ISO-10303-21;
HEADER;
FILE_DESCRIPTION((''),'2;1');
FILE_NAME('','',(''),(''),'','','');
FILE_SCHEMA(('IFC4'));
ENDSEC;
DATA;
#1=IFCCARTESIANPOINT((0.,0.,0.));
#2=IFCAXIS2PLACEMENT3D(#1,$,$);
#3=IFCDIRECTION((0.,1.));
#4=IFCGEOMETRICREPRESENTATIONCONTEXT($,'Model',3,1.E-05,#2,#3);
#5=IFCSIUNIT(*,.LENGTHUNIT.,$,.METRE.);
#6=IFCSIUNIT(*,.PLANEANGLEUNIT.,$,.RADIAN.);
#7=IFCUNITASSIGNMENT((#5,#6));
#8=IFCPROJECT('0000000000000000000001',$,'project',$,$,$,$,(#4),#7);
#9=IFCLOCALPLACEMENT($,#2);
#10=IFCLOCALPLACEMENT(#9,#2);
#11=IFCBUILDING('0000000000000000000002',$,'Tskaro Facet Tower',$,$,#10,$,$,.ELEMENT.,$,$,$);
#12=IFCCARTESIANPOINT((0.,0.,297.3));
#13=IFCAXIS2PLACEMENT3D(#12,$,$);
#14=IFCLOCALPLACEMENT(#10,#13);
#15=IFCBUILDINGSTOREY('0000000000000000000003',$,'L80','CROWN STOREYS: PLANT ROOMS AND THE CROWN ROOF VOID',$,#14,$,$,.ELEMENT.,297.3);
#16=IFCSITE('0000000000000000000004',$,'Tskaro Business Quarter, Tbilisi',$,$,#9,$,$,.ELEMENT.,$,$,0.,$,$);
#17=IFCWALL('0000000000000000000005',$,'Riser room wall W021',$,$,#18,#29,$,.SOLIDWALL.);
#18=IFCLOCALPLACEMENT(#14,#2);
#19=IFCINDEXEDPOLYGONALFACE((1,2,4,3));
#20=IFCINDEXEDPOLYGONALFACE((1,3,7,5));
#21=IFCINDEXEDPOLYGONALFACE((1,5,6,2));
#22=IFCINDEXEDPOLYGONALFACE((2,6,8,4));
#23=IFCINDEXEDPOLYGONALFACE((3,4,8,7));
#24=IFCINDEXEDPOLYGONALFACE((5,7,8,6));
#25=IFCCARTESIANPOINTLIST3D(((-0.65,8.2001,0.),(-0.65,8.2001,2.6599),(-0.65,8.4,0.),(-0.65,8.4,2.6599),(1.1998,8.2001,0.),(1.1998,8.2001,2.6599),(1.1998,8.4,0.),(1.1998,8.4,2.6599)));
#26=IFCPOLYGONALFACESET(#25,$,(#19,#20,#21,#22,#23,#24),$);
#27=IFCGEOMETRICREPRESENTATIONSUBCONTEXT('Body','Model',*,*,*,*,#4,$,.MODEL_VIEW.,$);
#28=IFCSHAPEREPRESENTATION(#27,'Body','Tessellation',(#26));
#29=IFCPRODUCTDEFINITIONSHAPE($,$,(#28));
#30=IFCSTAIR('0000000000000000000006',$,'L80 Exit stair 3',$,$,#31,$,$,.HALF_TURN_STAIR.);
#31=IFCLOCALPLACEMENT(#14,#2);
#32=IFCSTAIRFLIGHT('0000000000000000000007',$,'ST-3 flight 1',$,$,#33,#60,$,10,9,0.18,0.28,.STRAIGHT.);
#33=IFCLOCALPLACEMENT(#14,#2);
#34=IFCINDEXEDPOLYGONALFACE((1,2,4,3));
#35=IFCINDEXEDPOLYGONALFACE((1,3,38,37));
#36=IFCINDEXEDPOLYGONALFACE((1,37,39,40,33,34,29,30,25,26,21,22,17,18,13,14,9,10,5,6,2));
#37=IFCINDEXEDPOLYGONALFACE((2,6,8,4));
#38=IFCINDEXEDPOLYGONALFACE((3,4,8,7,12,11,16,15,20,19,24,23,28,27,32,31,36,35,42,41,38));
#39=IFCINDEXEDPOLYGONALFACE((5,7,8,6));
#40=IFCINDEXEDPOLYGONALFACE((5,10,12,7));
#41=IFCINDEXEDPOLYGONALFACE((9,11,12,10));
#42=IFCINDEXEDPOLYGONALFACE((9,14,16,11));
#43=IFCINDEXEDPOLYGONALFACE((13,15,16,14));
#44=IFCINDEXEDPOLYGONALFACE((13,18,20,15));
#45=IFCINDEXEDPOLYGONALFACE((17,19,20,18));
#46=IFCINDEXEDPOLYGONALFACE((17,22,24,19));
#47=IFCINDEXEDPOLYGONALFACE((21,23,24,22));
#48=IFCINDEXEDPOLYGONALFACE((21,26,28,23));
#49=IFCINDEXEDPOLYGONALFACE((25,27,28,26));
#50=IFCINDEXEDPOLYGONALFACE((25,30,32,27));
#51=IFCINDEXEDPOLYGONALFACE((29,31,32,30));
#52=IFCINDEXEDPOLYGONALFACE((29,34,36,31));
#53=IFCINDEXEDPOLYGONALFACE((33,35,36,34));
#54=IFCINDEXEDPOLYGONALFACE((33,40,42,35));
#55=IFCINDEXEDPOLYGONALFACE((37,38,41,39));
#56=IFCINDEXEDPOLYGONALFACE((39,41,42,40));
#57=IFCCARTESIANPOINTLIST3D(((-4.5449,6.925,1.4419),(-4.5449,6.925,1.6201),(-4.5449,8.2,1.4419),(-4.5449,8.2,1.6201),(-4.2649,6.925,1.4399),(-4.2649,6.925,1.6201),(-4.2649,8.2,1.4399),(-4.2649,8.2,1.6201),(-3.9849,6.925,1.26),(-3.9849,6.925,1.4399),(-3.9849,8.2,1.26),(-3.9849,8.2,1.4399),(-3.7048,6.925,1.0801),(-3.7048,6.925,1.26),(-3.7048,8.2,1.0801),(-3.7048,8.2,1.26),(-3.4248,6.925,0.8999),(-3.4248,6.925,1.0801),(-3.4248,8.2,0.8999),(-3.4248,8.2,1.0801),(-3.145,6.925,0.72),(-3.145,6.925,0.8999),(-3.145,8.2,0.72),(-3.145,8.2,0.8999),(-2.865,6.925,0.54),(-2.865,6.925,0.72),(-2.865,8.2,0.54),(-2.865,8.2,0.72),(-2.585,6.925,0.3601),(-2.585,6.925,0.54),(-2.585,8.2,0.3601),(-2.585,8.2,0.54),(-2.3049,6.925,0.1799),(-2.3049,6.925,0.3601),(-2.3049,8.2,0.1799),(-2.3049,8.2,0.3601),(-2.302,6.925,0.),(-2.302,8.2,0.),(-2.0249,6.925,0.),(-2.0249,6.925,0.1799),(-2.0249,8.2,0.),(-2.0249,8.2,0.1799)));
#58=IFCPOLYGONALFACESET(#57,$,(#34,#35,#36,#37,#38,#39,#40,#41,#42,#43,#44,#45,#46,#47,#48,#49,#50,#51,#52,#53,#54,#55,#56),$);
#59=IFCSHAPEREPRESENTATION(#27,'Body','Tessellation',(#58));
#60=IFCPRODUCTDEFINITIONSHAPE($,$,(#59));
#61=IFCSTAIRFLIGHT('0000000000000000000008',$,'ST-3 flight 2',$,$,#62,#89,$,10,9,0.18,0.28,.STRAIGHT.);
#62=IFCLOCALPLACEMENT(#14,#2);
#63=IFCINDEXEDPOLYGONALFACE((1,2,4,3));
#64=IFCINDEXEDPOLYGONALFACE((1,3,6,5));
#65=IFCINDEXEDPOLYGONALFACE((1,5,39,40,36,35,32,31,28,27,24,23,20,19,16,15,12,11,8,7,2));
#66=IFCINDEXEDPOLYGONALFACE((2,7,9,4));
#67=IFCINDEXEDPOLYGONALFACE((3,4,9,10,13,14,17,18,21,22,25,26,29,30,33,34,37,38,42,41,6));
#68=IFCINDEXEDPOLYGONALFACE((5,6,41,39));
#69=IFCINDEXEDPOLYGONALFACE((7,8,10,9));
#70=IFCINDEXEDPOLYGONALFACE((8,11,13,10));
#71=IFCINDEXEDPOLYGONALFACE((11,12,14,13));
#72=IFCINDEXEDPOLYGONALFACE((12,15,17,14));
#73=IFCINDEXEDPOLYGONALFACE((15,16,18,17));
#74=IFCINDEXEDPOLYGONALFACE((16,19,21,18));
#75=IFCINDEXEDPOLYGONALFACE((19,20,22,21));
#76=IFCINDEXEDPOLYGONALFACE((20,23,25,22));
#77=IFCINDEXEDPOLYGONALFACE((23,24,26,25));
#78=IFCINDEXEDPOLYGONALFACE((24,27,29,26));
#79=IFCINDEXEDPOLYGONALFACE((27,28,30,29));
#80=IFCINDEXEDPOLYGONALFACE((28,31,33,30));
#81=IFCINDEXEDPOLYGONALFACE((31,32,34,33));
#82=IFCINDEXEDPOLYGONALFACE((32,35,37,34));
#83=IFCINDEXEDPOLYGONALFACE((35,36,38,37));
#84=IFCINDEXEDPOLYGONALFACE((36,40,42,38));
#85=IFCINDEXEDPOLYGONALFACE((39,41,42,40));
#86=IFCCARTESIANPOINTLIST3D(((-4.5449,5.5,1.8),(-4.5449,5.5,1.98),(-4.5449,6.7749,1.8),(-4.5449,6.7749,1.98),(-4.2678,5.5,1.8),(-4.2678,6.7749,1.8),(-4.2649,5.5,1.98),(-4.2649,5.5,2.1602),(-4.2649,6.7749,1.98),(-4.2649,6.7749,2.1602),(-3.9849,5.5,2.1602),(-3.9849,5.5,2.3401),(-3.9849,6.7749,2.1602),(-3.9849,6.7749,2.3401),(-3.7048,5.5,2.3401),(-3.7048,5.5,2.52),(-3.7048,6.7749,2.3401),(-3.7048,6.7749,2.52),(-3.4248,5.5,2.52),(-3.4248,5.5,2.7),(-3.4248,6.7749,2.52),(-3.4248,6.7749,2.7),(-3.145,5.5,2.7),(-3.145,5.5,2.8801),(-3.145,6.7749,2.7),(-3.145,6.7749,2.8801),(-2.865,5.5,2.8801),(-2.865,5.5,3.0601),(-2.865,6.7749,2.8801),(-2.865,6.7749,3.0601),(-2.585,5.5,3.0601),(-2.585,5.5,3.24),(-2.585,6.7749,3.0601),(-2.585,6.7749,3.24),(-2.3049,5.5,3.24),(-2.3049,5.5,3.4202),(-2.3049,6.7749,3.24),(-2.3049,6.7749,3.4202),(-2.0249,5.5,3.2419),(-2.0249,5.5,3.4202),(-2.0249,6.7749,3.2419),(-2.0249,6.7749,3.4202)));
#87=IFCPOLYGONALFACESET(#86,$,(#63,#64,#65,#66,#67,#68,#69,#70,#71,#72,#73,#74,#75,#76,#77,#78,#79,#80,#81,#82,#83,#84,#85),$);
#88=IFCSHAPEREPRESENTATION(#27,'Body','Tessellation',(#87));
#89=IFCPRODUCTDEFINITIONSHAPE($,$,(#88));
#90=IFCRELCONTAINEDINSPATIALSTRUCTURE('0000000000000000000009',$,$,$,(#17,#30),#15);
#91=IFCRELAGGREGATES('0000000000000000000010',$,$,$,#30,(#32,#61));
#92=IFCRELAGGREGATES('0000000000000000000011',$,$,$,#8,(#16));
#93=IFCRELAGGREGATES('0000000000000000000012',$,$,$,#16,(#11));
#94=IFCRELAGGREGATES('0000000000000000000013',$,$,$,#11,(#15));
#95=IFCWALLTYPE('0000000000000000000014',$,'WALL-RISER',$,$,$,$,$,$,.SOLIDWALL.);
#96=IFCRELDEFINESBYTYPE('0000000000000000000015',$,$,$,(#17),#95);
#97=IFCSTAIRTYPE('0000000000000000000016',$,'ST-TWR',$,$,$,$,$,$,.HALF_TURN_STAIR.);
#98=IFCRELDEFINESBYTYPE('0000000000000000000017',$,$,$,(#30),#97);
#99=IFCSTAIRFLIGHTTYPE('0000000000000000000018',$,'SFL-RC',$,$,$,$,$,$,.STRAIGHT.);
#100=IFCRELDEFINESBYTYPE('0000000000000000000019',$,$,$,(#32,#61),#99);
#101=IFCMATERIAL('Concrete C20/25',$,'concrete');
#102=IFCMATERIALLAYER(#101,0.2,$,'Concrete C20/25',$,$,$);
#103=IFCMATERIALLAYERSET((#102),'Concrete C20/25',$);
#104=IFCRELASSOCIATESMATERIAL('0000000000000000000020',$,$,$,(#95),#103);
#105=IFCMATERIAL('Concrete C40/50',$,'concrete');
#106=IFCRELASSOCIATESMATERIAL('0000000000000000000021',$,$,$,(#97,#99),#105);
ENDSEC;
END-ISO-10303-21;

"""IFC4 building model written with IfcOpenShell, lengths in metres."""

from ifc_helpers import new_model, si_unit, direction, frame, frame_2d, origin, place, context, subcontext, project, spatial, polyline, rectangle, outline, extrude, material, layer, layer_set, type_object, element, aggregate, save


model = new_model("IFC4")

# Units and contexts
model_context = context("Model", 3, precision=1e-05, world=origin(), true_north=direction((0.0, 1.0)))
body_context = subcontext(model_context, "Body", "Model", "MODEL_VIEW")
ifc_project = project(units=[si_unit("LENGTHUNIT", "METRE"), si_unit("PLANEANGLEUNIT", "RADIAN")], contexts=[model_context])

# Site, building, storey
site_placement = place(None, origin())
site = spatial("IfcSite", under=ifc_project, at=site_placement, Name="Tskaro Business Quarter, Tbilisi", CompositionType="ELEMENT", RefElevation=0.0)
building_placement = place(site_placement, origin())
building = spatial("IfcBuilding", under=site, at=building_placement, Name="Tskaro Facet Tower", CompositionType="ELEMENT")
storey_placement = place(building_placement, frame((0.0, 0.0, 297.3)))
storey = spatial("IfcBuildingStorey", under=building, at=storey_placement, Name="L80", Description="CROWN STOREYS: PLANT ROOMS AND THE CROWN ROOF VOID", CompositionType="ELEMENT", Elevation=297.3)

# Wall
ifc_material_1 = material(Name="Concrete C20/25", Category="concrete")
ifc_layer_1 = layer(ifc_material_1, 0.2, Name="Concrete C20/25")
ifc_layer_set_1 = layer_set([ifc_layer_1], Name="Concrete C20/25")
wall_type_1 = type_object("IfcWallType", Name="WALL-RISER", PredefinedType="SOLIDWALL", material=ifc_layer_set_1)
wall_1_placement = place(storey_placement, frame((-0.6499, 8.3, 0.0), z_axis=(0.0, 0.0, 1.0), x_axis=(1.0, 0.0, 0.0)))
element("IfcWall", 1, at=wall_1_placement, inside=storey, type_object=wall_type_1, Name="Riser room wall W021", PredefinedType="SOLIDWALL", context=body_context, shape_type="SweptSolid", body=[
    extrude(rectangle(XDim=1.8499, YDim=0.2, at=frame_2d((0.9248, 0.0))), origin(), (0.0, 0.0, 1.0), 2.6599),
])

# Stair, stair flights
ifc_material_2 = material(Name="Concrete C40/50", Category="concrete")
stair_type = type_object("IfcStairType", Name="ST-TWR", PredefinedType="HALF_TURN_STAIR", material=ifc_material_2)
stair_placement = place(storey_placement, origin())
stair = element("IfcStair", 2, at=stair_placement, inside=storey, type_object=stair_type, Name="L80 Exit stair 3", PredefinedType="HALF_TURN_STAIR")
stair_flight_type = type_object("IfcStairFlightType", Name="SFL-RC", PredefinedType="STRAIGHT", material=ifc_material_2)
stair_flight_1_placement = place(storey_placement, frame((-2.0249, 7.5625, 0.0), z_axis=(0.0, 0.0, 1.0), x_axis=(-1.0, 0.0, 0.0)))
stair_flight_1 = element("IfcStairFlight", 3, at=stair_flight_1_placement, type_object=stair_flight_type, Name="ST-3 flight 1", NumberOfRisers=10, NumberOfTreads=9, PredefinedType="STRAIGHT", RiserHeight=0.18, TreadLength=0.28, context=body_context, shape_type="SweptSolid", body=[
    extrude(outline(polyline([(0.0, 0.0), (0.0, 0.1799), (0.28, 0.1799), (0.28, 0.3601), (0.5601, 0.3601), (0.5601, 0.54), (0.8401, 0.54), (0.8401, 0.72), (1.1201, 0.72), (1.1201, 0.8999), (1.3999, 0.8999), (1.3999, 1.0801), (1.6799, 1.0801), (1.6799, 1.26), (1.96, 1.26), (1.96, 1.4399), (2.24, 1.4399), (2.24, 1.6201), (2.52, 1.6201), (2.52, 1.8), (2.52, 1.4419), (0.2771, 0.0), (0.0, 0.0)])), frame((0.0, 0.6375, 0.0), z_axis=(0.0, -1.0, 0.0), x_axis=(1.0, 0.0, 0.0)), (0.0, 0.0, 1.0), 1.2749),
])
stair_flight_2_placement = place(storey_placement, frame((-4.5449, 6.1375, 1.8), z_axis=(0.0, 0.0, 1.0), x_axis=(1.0, 0.0, 0.0)))
stair_flight_2 = element("IfcStairFlight", 4, at=stair_flight_2_placement, type_object=stair_flight_type, Name="ST-3 flight 2", NumberOfRisers=10, NumberOfTreads=9, PredefinedType="STRAIGHT", RiserHeight=0.18, TreadLength=0.28, context=body_context, shape_type="SweptSolid", body=[
    extrude(outline(polyline([(0.0, 0.0), (0.0, 0.1799), (0.28, 0.1799), (0.28, 0.3601), (0.5601, 0.3601), (0.5601, 0.54), (0.8401, 0.54), (0.8401, 0.72), (1.1201, 0.72), (1.1201, 0.8999), (1.3999, 0.8999), (1.3999, 1.0801), (1.6799, 1.0801), (1.6799, 1.26), (1.96, 1.26), (1.96, 1.4399), (2.24, 1.4399), (2.24, 1.6201), (2.52, 1.6201), (2.52, 1.8), (2.52, 1.4419), (0.2771, 0.0), (0.0, 0.0)])), frame((0.0, 0.6375, 0.0), z_axis=(0.0, -1.0, 0.0), x_axis=(1.0, 0.0, 0.0)), (0.0, 0.0, 1.0), 1.2749),
])
aggregate(stair, [stair_flight_1, stair_flight_2])

save(model, "model.ifc")
